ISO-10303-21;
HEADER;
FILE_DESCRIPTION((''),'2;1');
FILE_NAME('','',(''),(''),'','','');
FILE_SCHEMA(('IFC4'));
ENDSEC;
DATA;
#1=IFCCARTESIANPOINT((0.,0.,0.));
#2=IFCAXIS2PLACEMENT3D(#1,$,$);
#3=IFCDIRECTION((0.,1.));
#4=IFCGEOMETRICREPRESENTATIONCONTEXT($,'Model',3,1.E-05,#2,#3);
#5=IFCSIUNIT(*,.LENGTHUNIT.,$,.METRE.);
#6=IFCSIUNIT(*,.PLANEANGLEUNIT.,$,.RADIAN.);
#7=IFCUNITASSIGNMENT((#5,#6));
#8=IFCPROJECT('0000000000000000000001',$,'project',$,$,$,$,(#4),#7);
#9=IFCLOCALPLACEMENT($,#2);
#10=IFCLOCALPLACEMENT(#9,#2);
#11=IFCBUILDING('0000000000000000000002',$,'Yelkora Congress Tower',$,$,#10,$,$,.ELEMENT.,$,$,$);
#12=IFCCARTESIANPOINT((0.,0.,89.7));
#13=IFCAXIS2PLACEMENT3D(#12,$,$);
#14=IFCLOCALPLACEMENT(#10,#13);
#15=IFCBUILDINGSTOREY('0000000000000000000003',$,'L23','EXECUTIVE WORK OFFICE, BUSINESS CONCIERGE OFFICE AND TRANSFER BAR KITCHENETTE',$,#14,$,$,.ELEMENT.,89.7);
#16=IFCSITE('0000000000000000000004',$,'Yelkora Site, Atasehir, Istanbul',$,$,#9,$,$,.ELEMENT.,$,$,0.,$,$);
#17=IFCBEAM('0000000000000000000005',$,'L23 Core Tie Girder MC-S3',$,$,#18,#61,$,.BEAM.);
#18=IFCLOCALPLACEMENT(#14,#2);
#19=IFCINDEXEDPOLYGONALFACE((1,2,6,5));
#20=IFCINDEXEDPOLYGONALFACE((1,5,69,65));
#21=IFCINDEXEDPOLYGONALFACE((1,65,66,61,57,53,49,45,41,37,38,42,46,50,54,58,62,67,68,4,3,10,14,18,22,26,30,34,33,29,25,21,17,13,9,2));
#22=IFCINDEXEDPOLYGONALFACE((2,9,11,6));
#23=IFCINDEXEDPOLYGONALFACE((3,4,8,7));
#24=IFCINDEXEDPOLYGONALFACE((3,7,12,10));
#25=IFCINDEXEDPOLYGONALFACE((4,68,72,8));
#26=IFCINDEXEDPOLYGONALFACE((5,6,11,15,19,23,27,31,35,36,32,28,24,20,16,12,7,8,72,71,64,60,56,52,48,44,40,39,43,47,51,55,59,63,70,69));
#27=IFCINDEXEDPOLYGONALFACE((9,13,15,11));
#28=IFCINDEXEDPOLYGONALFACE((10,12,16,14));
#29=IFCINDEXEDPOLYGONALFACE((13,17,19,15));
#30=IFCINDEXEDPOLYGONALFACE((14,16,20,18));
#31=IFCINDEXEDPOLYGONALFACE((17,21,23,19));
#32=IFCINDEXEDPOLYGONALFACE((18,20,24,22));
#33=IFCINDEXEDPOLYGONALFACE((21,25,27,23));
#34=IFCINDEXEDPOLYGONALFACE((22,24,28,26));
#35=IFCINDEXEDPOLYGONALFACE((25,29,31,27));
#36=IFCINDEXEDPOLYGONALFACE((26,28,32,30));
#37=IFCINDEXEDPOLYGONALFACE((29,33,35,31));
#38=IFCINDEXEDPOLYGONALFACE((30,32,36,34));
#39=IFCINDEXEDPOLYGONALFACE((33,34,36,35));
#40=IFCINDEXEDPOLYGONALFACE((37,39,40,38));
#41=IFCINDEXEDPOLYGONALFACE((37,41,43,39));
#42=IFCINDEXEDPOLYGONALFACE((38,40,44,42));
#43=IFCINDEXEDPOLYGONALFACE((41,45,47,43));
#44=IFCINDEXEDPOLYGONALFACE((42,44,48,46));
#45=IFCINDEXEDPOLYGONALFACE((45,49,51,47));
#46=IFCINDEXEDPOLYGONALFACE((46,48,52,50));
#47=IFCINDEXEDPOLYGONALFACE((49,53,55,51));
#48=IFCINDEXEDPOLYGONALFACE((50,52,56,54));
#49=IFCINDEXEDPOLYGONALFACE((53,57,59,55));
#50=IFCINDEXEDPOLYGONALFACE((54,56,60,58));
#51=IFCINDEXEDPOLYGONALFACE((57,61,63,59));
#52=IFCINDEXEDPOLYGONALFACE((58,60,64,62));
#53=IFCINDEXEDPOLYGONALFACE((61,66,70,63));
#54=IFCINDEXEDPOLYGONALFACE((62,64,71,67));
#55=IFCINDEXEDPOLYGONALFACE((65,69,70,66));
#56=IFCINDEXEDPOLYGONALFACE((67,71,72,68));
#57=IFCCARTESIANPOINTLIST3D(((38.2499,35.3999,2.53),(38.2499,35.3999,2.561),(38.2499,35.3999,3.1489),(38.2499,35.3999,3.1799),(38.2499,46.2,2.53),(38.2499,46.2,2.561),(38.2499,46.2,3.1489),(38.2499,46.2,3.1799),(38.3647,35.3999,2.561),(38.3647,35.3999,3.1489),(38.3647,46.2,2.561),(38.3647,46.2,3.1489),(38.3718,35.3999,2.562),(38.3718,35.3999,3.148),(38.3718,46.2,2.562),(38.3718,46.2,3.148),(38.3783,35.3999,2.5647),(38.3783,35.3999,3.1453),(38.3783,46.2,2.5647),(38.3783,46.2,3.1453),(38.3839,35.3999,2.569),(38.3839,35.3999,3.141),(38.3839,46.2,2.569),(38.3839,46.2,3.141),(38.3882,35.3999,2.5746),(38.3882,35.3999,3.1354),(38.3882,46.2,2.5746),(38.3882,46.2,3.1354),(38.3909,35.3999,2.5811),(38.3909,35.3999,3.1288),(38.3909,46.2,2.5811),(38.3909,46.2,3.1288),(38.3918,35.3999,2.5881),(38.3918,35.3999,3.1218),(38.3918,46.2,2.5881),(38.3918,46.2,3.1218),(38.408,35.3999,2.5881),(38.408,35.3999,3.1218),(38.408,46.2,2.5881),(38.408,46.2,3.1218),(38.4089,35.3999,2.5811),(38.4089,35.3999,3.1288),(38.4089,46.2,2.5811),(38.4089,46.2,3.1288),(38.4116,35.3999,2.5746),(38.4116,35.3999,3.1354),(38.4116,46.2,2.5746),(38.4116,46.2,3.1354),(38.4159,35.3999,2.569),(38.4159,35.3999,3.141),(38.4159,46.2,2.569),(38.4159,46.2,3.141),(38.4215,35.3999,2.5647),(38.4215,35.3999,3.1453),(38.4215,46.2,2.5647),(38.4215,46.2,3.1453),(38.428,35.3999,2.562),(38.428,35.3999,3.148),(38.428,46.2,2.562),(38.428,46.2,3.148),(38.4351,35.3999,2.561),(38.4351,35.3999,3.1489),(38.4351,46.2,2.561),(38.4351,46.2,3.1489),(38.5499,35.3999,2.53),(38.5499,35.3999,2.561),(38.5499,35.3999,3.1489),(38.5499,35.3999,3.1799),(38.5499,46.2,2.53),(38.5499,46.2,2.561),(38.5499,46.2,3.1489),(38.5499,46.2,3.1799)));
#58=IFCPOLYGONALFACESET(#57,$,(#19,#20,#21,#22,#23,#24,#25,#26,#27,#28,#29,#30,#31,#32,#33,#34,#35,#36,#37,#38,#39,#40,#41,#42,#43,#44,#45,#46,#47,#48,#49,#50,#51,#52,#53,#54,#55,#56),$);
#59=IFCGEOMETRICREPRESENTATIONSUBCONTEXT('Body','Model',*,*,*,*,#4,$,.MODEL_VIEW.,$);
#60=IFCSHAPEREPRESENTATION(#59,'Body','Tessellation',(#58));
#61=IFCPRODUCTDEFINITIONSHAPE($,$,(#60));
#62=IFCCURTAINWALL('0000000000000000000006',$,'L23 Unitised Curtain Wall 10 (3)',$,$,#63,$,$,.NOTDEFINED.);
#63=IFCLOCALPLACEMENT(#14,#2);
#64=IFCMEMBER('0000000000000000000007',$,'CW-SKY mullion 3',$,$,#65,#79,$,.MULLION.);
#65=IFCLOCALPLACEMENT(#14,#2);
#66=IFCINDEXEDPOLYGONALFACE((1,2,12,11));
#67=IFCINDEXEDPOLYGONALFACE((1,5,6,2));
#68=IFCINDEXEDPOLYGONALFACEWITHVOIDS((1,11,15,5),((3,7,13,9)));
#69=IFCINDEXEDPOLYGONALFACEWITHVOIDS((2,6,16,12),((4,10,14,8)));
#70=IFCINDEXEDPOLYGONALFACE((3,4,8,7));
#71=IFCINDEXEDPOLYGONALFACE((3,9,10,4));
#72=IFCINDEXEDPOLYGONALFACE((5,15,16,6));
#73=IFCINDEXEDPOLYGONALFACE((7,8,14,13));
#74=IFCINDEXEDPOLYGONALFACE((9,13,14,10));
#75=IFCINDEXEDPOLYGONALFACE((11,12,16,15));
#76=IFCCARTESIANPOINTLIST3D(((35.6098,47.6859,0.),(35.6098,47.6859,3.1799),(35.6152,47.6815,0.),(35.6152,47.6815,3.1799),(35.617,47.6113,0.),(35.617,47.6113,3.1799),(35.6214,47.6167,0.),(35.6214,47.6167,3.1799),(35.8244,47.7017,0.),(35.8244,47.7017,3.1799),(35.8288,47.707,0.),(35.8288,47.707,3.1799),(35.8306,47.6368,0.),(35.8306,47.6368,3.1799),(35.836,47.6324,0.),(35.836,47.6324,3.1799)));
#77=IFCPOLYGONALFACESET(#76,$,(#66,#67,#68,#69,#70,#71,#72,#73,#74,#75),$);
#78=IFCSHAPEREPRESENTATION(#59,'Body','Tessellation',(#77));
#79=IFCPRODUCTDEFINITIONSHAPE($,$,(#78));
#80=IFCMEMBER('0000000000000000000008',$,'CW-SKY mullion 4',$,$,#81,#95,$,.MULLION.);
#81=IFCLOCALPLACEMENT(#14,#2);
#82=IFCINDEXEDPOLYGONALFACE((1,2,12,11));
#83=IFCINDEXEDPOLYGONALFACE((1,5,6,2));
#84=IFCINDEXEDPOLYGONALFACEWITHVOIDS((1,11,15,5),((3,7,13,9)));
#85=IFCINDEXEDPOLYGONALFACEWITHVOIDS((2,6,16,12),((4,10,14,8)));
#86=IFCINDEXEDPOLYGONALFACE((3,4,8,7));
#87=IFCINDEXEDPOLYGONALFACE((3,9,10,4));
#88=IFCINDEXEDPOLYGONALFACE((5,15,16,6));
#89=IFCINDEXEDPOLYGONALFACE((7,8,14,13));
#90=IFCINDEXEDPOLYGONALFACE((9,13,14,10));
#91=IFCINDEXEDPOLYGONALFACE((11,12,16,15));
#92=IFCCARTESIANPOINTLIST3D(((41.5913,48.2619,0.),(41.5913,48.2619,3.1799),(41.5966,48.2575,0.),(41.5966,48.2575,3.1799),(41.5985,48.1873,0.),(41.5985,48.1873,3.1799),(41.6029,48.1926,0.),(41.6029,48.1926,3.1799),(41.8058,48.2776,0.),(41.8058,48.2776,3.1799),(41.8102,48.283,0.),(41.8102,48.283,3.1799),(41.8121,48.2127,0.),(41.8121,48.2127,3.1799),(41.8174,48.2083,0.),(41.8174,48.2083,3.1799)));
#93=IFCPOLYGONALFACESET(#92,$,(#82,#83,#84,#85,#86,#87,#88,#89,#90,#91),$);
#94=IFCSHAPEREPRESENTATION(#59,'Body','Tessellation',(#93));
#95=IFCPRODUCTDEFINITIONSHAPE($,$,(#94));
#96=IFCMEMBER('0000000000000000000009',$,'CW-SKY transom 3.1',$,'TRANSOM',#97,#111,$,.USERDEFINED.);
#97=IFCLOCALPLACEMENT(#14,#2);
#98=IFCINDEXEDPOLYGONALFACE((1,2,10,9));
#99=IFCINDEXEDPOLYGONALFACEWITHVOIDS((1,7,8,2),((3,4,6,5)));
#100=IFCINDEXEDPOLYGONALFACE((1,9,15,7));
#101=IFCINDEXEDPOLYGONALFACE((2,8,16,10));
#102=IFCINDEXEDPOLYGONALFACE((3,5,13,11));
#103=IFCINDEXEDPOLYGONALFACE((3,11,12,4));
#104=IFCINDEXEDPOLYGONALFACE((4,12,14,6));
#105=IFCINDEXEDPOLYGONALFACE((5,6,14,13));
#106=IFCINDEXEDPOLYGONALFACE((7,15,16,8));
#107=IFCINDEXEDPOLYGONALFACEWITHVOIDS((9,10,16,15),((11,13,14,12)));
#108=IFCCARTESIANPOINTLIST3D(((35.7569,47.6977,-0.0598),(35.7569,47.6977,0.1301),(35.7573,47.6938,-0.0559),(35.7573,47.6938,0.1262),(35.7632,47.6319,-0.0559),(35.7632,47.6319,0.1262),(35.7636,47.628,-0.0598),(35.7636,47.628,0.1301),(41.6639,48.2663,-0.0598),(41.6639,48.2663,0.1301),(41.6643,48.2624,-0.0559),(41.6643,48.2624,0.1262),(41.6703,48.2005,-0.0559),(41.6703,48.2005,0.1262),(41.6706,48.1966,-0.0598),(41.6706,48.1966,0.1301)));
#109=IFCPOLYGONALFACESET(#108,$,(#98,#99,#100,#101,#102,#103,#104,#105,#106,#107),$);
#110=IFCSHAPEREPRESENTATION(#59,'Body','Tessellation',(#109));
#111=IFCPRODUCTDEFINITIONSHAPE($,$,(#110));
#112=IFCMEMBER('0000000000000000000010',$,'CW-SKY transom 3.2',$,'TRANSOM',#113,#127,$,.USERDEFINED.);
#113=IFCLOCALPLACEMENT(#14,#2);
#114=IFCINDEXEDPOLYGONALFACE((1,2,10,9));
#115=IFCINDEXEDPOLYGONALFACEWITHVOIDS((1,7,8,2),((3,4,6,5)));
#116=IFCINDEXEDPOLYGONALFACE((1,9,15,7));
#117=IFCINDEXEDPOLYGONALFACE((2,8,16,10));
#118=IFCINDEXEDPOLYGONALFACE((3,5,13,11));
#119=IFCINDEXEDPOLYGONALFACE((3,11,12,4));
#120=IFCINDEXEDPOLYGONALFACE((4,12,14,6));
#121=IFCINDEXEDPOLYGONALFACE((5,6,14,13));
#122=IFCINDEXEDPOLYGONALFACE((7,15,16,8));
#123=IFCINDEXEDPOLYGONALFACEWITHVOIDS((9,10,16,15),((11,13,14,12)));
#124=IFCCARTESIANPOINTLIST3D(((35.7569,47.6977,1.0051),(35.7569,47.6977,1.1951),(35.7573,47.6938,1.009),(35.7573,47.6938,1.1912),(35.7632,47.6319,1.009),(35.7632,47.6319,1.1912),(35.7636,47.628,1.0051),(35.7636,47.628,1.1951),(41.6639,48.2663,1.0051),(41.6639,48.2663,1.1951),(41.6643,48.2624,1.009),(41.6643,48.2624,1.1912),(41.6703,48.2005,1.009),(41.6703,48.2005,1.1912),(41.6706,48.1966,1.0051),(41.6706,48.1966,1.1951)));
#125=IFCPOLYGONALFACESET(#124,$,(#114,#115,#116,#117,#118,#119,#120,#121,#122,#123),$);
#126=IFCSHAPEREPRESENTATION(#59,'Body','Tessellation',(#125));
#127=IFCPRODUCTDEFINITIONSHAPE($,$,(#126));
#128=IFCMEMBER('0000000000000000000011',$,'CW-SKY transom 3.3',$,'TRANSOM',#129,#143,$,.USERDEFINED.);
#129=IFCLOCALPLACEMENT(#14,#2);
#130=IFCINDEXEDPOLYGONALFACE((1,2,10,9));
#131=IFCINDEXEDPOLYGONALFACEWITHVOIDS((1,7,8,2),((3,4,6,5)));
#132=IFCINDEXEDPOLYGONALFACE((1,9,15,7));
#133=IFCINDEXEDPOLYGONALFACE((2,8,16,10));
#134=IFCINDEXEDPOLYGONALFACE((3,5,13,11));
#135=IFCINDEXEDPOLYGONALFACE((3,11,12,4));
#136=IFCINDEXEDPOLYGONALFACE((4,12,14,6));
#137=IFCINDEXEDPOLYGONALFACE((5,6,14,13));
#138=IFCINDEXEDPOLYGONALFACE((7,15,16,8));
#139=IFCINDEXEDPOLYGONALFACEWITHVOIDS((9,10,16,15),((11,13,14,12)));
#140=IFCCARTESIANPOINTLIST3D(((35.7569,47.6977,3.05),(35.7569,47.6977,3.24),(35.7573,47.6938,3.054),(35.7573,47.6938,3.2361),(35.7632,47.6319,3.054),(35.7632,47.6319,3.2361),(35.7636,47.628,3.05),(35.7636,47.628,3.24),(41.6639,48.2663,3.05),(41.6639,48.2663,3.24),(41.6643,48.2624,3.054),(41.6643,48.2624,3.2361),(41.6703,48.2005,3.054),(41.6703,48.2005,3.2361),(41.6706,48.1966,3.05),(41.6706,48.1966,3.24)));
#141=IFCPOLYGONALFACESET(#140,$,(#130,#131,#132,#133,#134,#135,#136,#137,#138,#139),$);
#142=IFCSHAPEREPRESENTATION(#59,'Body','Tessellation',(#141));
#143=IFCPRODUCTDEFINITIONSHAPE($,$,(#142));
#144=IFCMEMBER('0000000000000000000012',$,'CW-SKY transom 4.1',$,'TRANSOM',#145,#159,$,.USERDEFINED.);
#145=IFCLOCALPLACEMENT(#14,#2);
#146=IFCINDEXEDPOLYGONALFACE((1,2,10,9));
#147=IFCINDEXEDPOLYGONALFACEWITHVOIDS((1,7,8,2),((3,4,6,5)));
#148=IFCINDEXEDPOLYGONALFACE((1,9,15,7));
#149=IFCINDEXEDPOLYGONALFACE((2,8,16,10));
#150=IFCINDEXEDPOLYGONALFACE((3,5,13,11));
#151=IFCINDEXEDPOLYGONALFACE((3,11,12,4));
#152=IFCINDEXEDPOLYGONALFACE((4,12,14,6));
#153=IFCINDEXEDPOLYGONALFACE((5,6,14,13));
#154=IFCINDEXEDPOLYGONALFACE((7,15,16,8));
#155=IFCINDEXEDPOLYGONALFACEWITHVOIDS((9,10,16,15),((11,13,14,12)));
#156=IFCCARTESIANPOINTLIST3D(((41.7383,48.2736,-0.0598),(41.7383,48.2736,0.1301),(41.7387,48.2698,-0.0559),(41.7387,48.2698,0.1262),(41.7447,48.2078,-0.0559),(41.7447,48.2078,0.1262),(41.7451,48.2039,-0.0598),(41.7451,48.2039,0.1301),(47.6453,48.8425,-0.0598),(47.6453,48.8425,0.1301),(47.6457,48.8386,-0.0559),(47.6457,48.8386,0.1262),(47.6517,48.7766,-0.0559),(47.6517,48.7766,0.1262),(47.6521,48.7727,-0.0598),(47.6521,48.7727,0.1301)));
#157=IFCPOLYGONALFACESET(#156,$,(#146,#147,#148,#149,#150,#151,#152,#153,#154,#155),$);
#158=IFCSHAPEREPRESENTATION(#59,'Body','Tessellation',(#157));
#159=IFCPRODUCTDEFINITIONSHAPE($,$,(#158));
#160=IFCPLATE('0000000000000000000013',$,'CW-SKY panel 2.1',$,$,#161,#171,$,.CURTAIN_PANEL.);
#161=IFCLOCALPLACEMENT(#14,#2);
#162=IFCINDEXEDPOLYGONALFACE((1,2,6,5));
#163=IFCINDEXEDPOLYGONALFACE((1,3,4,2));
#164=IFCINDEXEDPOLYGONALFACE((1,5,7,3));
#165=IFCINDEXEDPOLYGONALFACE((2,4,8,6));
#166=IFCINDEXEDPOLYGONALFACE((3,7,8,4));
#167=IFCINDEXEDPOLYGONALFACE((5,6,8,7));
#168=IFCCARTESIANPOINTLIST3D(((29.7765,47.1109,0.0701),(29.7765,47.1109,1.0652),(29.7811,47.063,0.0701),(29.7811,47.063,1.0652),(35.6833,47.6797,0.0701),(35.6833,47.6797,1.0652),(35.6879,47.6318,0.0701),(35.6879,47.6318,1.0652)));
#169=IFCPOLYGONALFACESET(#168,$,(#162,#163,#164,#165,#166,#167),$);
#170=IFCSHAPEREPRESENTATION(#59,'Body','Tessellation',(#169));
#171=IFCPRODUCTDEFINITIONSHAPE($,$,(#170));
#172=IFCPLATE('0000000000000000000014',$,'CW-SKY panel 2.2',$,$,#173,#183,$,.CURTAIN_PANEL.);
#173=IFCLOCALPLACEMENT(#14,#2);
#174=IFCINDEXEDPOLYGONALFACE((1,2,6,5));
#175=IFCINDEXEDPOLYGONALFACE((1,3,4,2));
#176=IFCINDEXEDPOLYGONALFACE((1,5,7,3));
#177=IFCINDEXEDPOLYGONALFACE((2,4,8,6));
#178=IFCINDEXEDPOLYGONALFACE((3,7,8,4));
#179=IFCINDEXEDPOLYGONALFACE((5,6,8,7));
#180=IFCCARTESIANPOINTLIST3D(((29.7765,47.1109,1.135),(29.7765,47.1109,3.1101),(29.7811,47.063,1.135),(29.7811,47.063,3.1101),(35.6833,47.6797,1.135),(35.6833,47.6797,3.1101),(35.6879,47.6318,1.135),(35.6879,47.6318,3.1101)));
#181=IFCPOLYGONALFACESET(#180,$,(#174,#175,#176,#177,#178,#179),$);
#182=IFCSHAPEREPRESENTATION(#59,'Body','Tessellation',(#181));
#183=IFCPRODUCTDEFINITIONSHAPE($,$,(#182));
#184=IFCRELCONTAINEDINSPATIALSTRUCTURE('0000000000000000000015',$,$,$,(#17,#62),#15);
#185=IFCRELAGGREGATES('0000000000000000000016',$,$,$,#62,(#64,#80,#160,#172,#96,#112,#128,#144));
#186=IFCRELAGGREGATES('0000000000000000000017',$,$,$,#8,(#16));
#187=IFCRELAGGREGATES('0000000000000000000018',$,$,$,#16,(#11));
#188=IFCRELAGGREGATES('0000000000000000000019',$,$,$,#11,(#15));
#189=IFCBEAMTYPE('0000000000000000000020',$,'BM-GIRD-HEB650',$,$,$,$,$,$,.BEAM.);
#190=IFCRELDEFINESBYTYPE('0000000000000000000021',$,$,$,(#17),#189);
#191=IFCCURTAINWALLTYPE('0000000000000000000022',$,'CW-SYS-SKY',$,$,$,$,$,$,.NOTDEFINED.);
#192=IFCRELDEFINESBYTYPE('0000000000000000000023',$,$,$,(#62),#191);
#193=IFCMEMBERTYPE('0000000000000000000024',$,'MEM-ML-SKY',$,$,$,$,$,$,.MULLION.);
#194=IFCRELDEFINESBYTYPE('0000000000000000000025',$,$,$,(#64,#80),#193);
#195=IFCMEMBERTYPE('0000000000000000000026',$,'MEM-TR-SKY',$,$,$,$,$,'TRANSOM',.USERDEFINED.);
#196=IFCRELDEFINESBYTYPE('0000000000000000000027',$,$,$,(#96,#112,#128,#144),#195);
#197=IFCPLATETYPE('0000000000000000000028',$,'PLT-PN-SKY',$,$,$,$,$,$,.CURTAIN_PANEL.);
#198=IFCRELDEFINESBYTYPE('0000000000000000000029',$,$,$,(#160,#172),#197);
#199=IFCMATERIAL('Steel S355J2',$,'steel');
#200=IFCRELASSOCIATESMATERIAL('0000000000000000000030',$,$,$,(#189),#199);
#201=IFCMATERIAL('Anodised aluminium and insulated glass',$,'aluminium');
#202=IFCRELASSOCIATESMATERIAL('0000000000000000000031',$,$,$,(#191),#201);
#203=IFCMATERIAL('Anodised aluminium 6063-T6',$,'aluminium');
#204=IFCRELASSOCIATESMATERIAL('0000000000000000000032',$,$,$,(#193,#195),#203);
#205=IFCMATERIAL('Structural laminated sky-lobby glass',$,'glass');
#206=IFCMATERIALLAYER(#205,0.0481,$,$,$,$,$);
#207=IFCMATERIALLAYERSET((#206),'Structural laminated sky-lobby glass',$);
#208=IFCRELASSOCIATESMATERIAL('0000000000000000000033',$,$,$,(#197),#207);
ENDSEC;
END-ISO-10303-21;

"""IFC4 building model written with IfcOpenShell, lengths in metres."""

from ifc_helpers import new_model, si_unit, direction, frame, origin, origin_2d, place, context, subcontext, project, spatial, rectangle, hollow_rectangle, i_section, extrude, material, layer, layer_set, material_profile, profile_set, type_object, element, aggregate, save


model = new_model("IFC4")

# Units and contexts
model_context = context("Model", 3, precision=1e-05, world=origin(), true_north=direction((0.0, 1.0)))
body_context = subcontext(model_context, "Body", "Model", "MODEL_VIEW")
ifc_project = project(units=[si_unit("LENGTHUNIT", "METRE"), si_unit("PLANEANGLEUNIT", "RADIAN")], contexts=[model_context])

# Site, building, storey
site_placement = place(None, origin())
site = spatial("IfcSite", under=ifc_project, at=site_placement, Name="Yelkora Site, Atasehir, Istanbul", CompositionType="ELEMENT", RefElevation=0.0)
building_placement = place(site_placement, origin())
building = spatial("IfcBuilding", under=site, at=building_placement, Name="Yelkora Congress Tower", CompositionType="ELEMENT")
storey_placement = place(building_placement, frame((0.0, 0.0, 89.7)))
storey = spatial("IfcBuildingStorey", under=building, at=storey_placement, Name="L23", Description="EXECUTIVE WORK OFFICE, BUSINESS CONCIERGE OFFICE AND TRANSFER BAR KITCHENETTE", CompositionType="ELEMENT", Elevation=89.7)

# Beam
ifc_material_1 = material(Name="Steel S355J2", Category="steel")
ifc_material_profile_1 = material_profile(ifc_material_1, i_section(OverallWidth=0.3, OverallDepth=0.6499, WebThickness=0.0161, FlangeThickness=0.031, FilletRadius=0.0271, at=origin_2d()), Name="HEB 650")
ifc_profile_set_1 = profile_set([ifc_material_profile_1], Name="Steel S355J2")
beam_type = type_object("IfcBeamType", Name="BM-GIRD-HEB650", PredefinedType="BEAM", material=ifc_profile_set_1)
beam_placement = place(storey_placement, frame((38.3999, 35.3999, 2.855), z_axis=(0.0, 1.0, 0.0), x_axis=(-1.0, 0.0, 0.0)))
element("IfcBeam", 1, at=beam_placement, inside=storey, type_object=beam_type, Name="L23 Core Tie Girder MC-S3", PredefinedType="BEAM", context=body_context, shape_type="SweptSolid", body=[
    extrude(i_section(OverallWidth=0.3, OverallDepth=0.6499, WebThickness=0.0161, FlangeThickness=0.031, FilletRadius=0.0271, at=origin_2d()), origin(), (0.0, 0.0, 1.0), 10.8),
])

# Curtain wall, members, plates
ifc_material_2 = material(Name="Anodised aluminium and insulated glass", Category="aluminium")
curtain_wall_type = type_object("IfcCurtainWallType", Name="CW-SYS-SKY", PredefinedType="NOTDEFINED", material=ifc_material_2)
curtain_wall_placement = place(storey_placement, origin())
curtain_wall = element("IfcCurtainWall", 2, at=curtain_wall_placement, inside=storey, type_object=curtain_wall_type, Name="L23 Unitised Curtain Wall 10 (3)", PredefinedType="NOTDEFINED")
ifc_material_3 = material(Name="Anodised aluminium 6063-T6", Category="aluminium")
ifc_material_profile_2 = material_profile(ifc_material_3, hollow_rectangle(XDim=0.075, YDim=0.22, WallThickness=0.0049, at=origin_2d()), Name="ALU 75x220x5")
ifc_profile_set_2 = profile_set([ifc_material_profile_2], Name="Anodised aluminium 6063-T6")
member_type_1 = type_object("IfcMemberType", Name="MEM-ML-SKY", PredefinedType="MULLION", material=ifc_profile_set_2)
member_1_placement = place(storey_placement, frame((35.7229, 47.6592, 0.0), z_axis=(0.0, 0.0, 1.0), x_axis=(-0.095845, 0.995396, 0.0)))
member_1 = element("IfcMember", 3, at=member_1_placement, type_object=member_type_1, Name="CW-SKY mullion 3", PredefinedType="MULLION", context=body_context, shape_type="SweptSolid", body=[
    extrude(hollow_rectangle(XDim=0.075, YDim=0.22, WallThickness=0.0049, at=origin_2d()), origin(), (0.0, 0.0, 1.0), 3.1799),
])
member_2_placement = place(storey_placement, frame((41.7043, 48.2351, 0.0), z_axis=(0.0, 0.0, 1.0), x_axis=(-0.095845, 0.995396, 0.0)))
member_2 = element("IfcMember", 4, at=member_2_placement, type_object=member_type_1, Name="CW-SKY mullion 4", PredefinedType="MULLION", context=body_context, shape_type="SweptSolid", body=[
    extrude(hollow_rectangle(XDim=0.075, YDim=0.22, WallThickness=0.0049, at=origin_2d()), origin(), (0.0, 0.0, 1.0), 3.1799),
])
ifc_material_profile_3 = material_profile(ifc_material_3, hollow_rectangle(XDim=0.0701, YDim=0.1899, WallThickness=0.0039, at=origin_2d()), Name="ALU 70x190x4")
ifc_profile_set_3 = profile_set([ifc_material_profile_3], Name="Anodised aluminium 6063-T6")
member_type_2 = type_object("IfcMemberType", Name="MEM-TR-SKY", ElementType="TRANSOM", PredefinedType="USERDEFINED", material=ifc_profile_set_3)
member_3_placement = place(storey_placement, frame((35.7603, 47.6628, 0.0352), z_axis=(0.995399, 0.095817, 0.0), x_axis=(-0.095817, 0.995399, 0.0)))
member_3 = element("IfcMember", 5, at=member_3_placement, type_object=member_type_2, Name="CW-SKY transom 3.1", ObjectType="TRANSOM", PredefinedType="USERDEFINED", context=body_context, shape_type="SweptSolid", body=[
    extrude(hollow_rectangle(XDim=0.0701, YDim=0.1899, WallThickness=0.0039, at=origin_2d()), origin(), (0.0, 0.0, 1.0), 5.9343),
])
member_4_placement = place(storey_placement, frame((35.7603, 47.6628, 1.1001), z_axis=(0.995399, 0.095817, 0.0), x_axis=(-0.095817, 0.995399, 0.0)))
member_4 = element("IfcMember", 6, at=member_4_placement, type_object=member_type_2, Name="CW-SKY transom 3.2", ObjectType="TRANSOM", PredefinedType="USERDEFINED", context=body_context, shape_type="SweptSolid", body=[
    extrude(hollow_rectangle(XDim=0.0701, YDim=0.1899, WallThickness=0.0039, at=origin_2d()), origin(), (0.0, 0.0, 1.0), 5.9343),
])
member_5_placement = place(storey_placement, frame((35.7603, 47.6628, 3.145), z_axis=(0.995399, 0.095817, 0.0), x_axis=(-0.095817, 0.995399, 0.0)))
member_5 = element("IfcMember", 7, at=member_5_placement, type_object=member_type_2, Name="CW-SKY transom 3.3", ObjectType="TRANSOM", PredefinedType="USERDEFINED", context=body_context, shape_type="SweptSolid", body=[
    extrude(hollow_rectangle(XDim=0.0701, YDim=0.1899, WallThickness=0.0039, at=origin_2d()), origin(), (0.0, 0.0, 1.0), 5.9343),
])
member_6_placement = place(storey_placement, frame((41.7417, 48.2388, 0.0352), z_axis=(0.995395, 0.095857, 0.0), x_axis=(-0.095857, 0.995395, 0.0)))
member_6 = element("IfcMember", 8, at=member_6_placement, type_object=member_type_2, Name="CW-SKY transom 4.1", ObjectType="TRANSOM", PredefinedType="USERDEFINED", context=body_context, shape_type="SweptSolid", body=[
    extrude(hollow_rectangle(XDim=0.0701, YDim=0.1899, WallThickness=0.0039, at=origin_2d()), origin(), (0.0, 0.0, 1.0), 5.9343),
])
ifc_material_4 = material(Name="Structural laminated sky-lobby glass", Category="glass")
ifc_layer_1 = layer(ifc_material_4, 0.0481)
ifc_layer_set_1 = layer_set([ifc_layer_1], Name="Structural laminated sky-lobby glass")
plate_type = type_object("IfcPlateType", Name="PLT-PN-SKY", PredefinedType="CURTAIN_PANEL", material=ifc_layer_set_1)
plate_1_placement = place(storey_placement, frame((32.7322, 47.3713, 0.0701), z_axis=(0.0, 0.0, 1.0), x_axis=(0.995396, 0.095845, 0.0)))
plate_1 = element("IfcPlate", 9, at=plate_1_placement, type_object=plate_type, Name="CW-SKY panel 2.1", PredefinedType="CURTAIN_PANEL", context=body_context, shape_type="SweptSolid", body=[
    extrude(rectangle(XDim=5.9341, YDim=0.0481, at=origin_2d()), origin(), (0.0, 0.0, 1.0), 0.9951),
])
plate_2_placement = place(storey_placement, frame((32.7322, 47.3713, 1.135), z_axis=(0.0, 0.0, 1.0), x_axis=(0.995396, 0.095845, 0.0)))
plate_2 = element("IfcPlate", 10, at=plate_2_placement, type_object=plate_type, Name="CW-SKY panel 2.2", PredefinedType="CURTAIN_PANEL", context=body_context, shape_type="SweptSolid", body=[
    extrude(rectangle(XDim=5.9341, YDim=0.0481, at=origin_2d()), origin(), (0.0, 0.0, 1.0), 1.9751),
])
aggregate(curtain_wall, [member_1, member_2, plate_1, plate_2, member_3, member_4, member_5, member_6])

save(model, "model.ifc")
